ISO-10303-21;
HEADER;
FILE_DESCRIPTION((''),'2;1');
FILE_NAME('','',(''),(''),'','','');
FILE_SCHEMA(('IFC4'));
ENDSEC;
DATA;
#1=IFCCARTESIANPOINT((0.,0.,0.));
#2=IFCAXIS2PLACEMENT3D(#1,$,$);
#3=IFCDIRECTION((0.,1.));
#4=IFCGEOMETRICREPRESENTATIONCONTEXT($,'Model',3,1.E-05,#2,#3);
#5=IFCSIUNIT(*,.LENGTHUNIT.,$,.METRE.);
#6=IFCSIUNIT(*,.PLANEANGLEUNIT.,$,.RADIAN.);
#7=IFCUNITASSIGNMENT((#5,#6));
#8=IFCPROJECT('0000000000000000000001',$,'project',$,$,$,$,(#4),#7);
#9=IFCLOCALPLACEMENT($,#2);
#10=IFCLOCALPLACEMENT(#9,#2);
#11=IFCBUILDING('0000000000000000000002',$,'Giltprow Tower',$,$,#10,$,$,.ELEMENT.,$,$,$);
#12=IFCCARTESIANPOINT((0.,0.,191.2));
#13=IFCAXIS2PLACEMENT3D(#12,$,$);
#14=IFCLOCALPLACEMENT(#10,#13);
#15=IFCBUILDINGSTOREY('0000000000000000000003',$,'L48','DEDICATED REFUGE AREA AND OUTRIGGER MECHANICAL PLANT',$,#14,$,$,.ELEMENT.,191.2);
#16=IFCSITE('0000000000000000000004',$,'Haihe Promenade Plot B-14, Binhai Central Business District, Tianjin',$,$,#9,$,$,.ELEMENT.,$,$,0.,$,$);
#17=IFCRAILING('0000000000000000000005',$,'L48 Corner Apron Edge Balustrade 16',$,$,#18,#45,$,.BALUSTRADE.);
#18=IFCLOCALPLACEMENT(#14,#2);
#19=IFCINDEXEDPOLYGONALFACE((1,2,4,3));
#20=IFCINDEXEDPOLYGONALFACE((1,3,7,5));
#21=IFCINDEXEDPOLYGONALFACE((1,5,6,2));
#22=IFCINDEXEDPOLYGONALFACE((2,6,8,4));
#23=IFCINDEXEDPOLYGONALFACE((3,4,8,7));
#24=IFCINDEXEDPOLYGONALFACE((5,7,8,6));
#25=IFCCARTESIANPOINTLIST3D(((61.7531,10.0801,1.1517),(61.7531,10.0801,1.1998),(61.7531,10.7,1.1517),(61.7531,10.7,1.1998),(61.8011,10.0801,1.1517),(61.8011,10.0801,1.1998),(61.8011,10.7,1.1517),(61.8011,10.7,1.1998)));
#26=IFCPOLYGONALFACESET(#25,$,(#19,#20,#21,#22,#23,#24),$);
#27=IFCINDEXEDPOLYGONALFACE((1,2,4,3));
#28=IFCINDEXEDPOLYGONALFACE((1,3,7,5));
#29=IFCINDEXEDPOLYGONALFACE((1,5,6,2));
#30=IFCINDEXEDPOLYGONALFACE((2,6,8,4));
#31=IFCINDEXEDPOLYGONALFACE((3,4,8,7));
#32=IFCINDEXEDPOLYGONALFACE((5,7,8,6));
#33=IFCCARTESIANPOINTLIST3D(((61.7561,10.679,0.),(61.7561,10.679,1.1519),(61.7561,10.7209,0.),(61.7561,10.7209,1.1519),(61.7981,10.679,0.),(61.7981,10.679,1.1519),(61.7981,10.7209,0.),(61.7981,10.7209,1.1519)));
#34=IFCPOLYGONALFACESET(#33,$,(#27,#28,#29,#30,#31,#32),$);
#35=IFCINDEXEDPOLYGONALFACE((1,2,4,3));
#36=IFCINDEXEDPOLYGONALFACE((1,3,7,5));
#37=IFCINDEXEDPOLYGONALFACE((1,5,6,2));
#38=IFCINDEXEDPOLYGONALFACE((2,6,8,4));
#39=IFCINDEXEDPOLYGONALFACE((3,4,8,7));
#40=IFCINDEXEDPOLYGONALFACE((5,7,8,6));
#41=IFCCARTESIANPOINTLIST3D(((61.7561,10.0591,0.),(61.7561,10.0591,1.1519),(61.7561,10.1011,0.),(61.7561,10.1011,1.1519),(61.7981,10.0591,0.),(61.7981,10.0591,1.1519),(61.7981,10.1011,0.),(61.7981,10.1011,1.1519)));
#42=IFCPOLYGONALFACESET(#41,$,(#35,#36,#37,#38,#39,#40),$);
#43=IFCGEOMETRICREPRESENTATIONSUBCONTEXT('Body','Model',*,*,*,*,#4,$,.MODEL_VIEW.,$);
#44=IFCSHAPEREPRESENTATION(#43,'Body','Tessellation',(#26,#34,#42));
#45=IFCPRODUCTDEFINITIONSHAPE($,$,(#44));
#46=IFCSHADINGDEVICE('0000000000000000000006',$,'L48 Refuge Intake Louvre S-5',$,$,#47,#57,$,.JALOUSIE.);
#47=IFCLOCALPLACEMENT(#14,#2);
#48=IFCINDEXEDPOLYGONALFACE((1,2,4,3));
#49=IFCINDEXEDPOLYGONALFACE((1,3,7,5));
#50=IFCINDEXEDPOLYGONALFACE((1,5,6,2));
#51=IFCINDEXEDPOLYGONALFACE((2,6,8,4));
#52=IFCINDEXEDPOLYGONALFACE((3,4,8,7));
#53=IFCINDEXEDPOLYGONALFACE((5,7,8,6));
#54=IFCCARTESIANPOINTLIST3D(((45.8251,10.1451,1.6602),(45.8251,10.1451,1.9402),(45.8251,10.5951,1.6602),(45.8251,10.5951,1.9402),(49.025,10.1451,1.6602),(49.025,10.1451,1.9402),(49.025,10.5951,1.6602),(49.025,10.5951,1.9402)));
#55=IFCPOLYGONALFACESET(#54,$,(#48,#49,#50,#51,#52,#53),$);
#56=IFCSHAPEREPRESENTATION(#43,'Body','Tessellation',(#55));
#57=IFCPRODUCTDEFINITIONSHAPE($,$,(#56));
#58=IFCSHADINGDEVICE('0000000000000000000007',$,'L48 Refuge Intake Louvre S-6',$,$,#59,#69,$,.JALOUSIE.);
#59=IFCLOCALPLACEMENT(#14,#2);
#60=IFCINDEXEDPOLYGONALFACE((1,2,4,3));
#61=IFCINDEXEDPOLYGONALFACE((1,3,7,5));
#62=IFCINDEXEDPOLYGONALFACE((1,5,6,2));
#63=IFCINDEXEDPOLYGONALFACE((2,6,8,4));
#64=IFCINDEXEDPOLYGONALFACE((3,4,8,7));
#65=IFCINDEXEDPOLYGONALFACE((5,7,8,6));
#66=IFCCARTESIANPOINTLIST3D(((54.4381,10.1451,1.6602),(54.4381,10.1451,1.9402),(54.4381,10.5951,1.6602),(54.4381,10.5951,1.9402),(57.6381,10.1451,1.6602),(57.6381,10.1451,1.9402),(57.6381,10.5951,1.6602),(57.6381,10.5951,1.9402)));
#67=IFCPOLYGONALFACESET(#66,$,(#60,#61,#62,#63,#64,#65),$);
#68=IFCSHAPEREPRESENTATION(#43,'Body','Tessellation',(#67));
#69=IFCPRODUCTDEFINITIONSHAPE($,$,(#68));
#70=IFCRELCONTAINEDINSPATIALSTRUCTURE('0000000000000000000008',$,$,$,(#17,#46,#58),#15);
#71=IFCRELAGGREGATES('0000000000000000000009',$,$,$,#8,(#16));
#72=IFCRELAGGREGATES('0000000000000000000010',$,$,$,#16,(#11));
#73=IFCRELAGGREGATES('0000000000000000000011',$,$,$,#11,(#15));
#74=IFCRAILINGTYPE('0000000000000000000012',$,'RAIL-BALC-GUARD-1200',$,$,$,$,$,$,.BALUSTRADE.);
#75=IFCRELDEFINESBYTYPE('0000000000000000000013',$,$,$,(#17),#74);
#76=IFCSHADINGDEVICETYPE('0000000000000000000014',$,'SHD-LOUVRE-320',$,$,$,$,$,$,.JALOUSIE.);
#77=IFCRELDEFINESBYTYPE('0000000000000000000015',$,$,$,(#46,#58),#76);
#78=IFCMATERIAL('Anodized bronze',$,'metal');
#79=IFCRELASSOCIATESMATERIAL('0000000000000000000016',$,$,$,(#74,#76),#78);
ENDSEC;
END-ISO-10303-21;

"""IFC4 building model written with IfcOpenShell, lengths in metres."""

from ifc_helpers import new_model, si_unit, direction, frame, origin, origin_2d, place, context, subcontext, project, spatial, rectangle, extrude, source, transform, mapped, material, type_object, element, save


model = new_model("IFC4")

# Units and contexts
model_context = context("Model", 3, precision=1e-05, world=origin(), true_north=direction((0.0, 1.0)))
body_context = subcontext(model_context, "Body", "Model", "MODEL_VIEW")
ifc_project = project(units=[si_unit("LENGTHUNIT", "METRE"), si_unit("PLANEANGLEUNIT", "RADIAN")], contexts=[model_context])

# Site, building, storey
site_placement = place(None, origin())
site = spatial("IfcSite", under=ifc_project, at=site_placement, Name="Haihe Promenade Plot B-14, Binhai Central Business District, Tianjin", CompositionType="ELEMENT", RefElevation=0.0)
building_placement = place(site_placement, origin())
building = spatial("IfcBuilding", under=site, at=building_placement, Name="Giltprow Tower", CompositionType="ELEMENT")
storey_placement = place(building_placement, frame((0.0, 0.0, 191.2)))
storey = spatial("IfcBuildingStorey", under=building, at=storey_placement, Name="L48", Description="DEDICATED REFUGE AREA AND OUTRIGGER MECHANICAL PLANT", CompositionType="ELEMENT", Elevation=191.2)

# Railing
ifc_material_1 = material(Name="Anodized bronze", Category="metal")
railing_type = type_object("IfcRailingType", Name="RAIL-BALC-GUARD-1200", PredefinedType="BALUSTRADE", material=ifc_material_1)
railing_1_placement = place(storey_placement, frame((61.7771, 10.7, 0.0)))
element("IfcRailing", 1, at=railing_1_placement, inside=storey, type_object=railing_type, Name="L48 Corner Apron Edge Balustrade 16", PredefinedType="BALUSTRADE", context=body_context, shape_type="SweptSolid", body=[
    extrude(rectangle(XDim=0.0481, YDim=0.0481, at=origin_2d()), frame((0.0, 0.0, 1.1758), z_axis=(0.0, -1.0, 0.0), x_axis=(1.0, 0.0, 0.0)), (0.0, 0.0, 1.0), 0.6199),
    extrude(rectangle(XDim=0.042, YDim=0.042, at=origin_2d()), origin(), (0.0, 0.0, 1.0), 1.1519),
    extrude(rectangle(XDim=0.042, YDim=0.042, at=origin_2d()), frame((0.0, -0.6199, 0.0)), (0.0, 0.0, 1.0), 1.1519),
])

# Shading devices
shading_device_type = type_object("IfcShadingDeviceType", Name="SHD-LOUVRE-320", PredefinedType="JALOUSIE", material=ifc_material_1)
shared_shape_1 = source(origin(), body_context, "Body", "SweptSolid", [
    extrude(rectangle(XDim=3.2, YDim=0.45, at=origin_2d()), origin(), (0.0, 0.0, 1.0), 0.28),
])
for number, where, z_axis, x_axis, name in (
    (2, (47.425, 10.3701, 1.6602), (0.0, 0.0, 1.0), (1.0, 0.0, 0.0), "L48 Refuge Intake Louvre S-5"),
    (3, (56.0381, 10.3701, 1.6602), (0.0, 0.0, 1.0), (1.0, 0.0, 0.0), "L48 Refuge Intake Louvre S-6"),
):
    element("IfcShadingDevice", number, at=place(storey_placement, frame(where, z_axis=z_axis, x_axis=x_axis)), inside=storey, type_object=shading_device_type, Name=name, PredefinedType="JALOUSIE", context=body_context, shape_type="MappedRepresentation", body=[
        mapped(shared_shape_1, transform((0.0, 0.0, 0.0), x_axis=(1.0, 0.0, 0.0), y_axis=(0.0, 1.0, 0.0), z_axis=(0.0, 0.0, 1.0), scale=1.0)),
    ])

save(model, "model.ifc")
